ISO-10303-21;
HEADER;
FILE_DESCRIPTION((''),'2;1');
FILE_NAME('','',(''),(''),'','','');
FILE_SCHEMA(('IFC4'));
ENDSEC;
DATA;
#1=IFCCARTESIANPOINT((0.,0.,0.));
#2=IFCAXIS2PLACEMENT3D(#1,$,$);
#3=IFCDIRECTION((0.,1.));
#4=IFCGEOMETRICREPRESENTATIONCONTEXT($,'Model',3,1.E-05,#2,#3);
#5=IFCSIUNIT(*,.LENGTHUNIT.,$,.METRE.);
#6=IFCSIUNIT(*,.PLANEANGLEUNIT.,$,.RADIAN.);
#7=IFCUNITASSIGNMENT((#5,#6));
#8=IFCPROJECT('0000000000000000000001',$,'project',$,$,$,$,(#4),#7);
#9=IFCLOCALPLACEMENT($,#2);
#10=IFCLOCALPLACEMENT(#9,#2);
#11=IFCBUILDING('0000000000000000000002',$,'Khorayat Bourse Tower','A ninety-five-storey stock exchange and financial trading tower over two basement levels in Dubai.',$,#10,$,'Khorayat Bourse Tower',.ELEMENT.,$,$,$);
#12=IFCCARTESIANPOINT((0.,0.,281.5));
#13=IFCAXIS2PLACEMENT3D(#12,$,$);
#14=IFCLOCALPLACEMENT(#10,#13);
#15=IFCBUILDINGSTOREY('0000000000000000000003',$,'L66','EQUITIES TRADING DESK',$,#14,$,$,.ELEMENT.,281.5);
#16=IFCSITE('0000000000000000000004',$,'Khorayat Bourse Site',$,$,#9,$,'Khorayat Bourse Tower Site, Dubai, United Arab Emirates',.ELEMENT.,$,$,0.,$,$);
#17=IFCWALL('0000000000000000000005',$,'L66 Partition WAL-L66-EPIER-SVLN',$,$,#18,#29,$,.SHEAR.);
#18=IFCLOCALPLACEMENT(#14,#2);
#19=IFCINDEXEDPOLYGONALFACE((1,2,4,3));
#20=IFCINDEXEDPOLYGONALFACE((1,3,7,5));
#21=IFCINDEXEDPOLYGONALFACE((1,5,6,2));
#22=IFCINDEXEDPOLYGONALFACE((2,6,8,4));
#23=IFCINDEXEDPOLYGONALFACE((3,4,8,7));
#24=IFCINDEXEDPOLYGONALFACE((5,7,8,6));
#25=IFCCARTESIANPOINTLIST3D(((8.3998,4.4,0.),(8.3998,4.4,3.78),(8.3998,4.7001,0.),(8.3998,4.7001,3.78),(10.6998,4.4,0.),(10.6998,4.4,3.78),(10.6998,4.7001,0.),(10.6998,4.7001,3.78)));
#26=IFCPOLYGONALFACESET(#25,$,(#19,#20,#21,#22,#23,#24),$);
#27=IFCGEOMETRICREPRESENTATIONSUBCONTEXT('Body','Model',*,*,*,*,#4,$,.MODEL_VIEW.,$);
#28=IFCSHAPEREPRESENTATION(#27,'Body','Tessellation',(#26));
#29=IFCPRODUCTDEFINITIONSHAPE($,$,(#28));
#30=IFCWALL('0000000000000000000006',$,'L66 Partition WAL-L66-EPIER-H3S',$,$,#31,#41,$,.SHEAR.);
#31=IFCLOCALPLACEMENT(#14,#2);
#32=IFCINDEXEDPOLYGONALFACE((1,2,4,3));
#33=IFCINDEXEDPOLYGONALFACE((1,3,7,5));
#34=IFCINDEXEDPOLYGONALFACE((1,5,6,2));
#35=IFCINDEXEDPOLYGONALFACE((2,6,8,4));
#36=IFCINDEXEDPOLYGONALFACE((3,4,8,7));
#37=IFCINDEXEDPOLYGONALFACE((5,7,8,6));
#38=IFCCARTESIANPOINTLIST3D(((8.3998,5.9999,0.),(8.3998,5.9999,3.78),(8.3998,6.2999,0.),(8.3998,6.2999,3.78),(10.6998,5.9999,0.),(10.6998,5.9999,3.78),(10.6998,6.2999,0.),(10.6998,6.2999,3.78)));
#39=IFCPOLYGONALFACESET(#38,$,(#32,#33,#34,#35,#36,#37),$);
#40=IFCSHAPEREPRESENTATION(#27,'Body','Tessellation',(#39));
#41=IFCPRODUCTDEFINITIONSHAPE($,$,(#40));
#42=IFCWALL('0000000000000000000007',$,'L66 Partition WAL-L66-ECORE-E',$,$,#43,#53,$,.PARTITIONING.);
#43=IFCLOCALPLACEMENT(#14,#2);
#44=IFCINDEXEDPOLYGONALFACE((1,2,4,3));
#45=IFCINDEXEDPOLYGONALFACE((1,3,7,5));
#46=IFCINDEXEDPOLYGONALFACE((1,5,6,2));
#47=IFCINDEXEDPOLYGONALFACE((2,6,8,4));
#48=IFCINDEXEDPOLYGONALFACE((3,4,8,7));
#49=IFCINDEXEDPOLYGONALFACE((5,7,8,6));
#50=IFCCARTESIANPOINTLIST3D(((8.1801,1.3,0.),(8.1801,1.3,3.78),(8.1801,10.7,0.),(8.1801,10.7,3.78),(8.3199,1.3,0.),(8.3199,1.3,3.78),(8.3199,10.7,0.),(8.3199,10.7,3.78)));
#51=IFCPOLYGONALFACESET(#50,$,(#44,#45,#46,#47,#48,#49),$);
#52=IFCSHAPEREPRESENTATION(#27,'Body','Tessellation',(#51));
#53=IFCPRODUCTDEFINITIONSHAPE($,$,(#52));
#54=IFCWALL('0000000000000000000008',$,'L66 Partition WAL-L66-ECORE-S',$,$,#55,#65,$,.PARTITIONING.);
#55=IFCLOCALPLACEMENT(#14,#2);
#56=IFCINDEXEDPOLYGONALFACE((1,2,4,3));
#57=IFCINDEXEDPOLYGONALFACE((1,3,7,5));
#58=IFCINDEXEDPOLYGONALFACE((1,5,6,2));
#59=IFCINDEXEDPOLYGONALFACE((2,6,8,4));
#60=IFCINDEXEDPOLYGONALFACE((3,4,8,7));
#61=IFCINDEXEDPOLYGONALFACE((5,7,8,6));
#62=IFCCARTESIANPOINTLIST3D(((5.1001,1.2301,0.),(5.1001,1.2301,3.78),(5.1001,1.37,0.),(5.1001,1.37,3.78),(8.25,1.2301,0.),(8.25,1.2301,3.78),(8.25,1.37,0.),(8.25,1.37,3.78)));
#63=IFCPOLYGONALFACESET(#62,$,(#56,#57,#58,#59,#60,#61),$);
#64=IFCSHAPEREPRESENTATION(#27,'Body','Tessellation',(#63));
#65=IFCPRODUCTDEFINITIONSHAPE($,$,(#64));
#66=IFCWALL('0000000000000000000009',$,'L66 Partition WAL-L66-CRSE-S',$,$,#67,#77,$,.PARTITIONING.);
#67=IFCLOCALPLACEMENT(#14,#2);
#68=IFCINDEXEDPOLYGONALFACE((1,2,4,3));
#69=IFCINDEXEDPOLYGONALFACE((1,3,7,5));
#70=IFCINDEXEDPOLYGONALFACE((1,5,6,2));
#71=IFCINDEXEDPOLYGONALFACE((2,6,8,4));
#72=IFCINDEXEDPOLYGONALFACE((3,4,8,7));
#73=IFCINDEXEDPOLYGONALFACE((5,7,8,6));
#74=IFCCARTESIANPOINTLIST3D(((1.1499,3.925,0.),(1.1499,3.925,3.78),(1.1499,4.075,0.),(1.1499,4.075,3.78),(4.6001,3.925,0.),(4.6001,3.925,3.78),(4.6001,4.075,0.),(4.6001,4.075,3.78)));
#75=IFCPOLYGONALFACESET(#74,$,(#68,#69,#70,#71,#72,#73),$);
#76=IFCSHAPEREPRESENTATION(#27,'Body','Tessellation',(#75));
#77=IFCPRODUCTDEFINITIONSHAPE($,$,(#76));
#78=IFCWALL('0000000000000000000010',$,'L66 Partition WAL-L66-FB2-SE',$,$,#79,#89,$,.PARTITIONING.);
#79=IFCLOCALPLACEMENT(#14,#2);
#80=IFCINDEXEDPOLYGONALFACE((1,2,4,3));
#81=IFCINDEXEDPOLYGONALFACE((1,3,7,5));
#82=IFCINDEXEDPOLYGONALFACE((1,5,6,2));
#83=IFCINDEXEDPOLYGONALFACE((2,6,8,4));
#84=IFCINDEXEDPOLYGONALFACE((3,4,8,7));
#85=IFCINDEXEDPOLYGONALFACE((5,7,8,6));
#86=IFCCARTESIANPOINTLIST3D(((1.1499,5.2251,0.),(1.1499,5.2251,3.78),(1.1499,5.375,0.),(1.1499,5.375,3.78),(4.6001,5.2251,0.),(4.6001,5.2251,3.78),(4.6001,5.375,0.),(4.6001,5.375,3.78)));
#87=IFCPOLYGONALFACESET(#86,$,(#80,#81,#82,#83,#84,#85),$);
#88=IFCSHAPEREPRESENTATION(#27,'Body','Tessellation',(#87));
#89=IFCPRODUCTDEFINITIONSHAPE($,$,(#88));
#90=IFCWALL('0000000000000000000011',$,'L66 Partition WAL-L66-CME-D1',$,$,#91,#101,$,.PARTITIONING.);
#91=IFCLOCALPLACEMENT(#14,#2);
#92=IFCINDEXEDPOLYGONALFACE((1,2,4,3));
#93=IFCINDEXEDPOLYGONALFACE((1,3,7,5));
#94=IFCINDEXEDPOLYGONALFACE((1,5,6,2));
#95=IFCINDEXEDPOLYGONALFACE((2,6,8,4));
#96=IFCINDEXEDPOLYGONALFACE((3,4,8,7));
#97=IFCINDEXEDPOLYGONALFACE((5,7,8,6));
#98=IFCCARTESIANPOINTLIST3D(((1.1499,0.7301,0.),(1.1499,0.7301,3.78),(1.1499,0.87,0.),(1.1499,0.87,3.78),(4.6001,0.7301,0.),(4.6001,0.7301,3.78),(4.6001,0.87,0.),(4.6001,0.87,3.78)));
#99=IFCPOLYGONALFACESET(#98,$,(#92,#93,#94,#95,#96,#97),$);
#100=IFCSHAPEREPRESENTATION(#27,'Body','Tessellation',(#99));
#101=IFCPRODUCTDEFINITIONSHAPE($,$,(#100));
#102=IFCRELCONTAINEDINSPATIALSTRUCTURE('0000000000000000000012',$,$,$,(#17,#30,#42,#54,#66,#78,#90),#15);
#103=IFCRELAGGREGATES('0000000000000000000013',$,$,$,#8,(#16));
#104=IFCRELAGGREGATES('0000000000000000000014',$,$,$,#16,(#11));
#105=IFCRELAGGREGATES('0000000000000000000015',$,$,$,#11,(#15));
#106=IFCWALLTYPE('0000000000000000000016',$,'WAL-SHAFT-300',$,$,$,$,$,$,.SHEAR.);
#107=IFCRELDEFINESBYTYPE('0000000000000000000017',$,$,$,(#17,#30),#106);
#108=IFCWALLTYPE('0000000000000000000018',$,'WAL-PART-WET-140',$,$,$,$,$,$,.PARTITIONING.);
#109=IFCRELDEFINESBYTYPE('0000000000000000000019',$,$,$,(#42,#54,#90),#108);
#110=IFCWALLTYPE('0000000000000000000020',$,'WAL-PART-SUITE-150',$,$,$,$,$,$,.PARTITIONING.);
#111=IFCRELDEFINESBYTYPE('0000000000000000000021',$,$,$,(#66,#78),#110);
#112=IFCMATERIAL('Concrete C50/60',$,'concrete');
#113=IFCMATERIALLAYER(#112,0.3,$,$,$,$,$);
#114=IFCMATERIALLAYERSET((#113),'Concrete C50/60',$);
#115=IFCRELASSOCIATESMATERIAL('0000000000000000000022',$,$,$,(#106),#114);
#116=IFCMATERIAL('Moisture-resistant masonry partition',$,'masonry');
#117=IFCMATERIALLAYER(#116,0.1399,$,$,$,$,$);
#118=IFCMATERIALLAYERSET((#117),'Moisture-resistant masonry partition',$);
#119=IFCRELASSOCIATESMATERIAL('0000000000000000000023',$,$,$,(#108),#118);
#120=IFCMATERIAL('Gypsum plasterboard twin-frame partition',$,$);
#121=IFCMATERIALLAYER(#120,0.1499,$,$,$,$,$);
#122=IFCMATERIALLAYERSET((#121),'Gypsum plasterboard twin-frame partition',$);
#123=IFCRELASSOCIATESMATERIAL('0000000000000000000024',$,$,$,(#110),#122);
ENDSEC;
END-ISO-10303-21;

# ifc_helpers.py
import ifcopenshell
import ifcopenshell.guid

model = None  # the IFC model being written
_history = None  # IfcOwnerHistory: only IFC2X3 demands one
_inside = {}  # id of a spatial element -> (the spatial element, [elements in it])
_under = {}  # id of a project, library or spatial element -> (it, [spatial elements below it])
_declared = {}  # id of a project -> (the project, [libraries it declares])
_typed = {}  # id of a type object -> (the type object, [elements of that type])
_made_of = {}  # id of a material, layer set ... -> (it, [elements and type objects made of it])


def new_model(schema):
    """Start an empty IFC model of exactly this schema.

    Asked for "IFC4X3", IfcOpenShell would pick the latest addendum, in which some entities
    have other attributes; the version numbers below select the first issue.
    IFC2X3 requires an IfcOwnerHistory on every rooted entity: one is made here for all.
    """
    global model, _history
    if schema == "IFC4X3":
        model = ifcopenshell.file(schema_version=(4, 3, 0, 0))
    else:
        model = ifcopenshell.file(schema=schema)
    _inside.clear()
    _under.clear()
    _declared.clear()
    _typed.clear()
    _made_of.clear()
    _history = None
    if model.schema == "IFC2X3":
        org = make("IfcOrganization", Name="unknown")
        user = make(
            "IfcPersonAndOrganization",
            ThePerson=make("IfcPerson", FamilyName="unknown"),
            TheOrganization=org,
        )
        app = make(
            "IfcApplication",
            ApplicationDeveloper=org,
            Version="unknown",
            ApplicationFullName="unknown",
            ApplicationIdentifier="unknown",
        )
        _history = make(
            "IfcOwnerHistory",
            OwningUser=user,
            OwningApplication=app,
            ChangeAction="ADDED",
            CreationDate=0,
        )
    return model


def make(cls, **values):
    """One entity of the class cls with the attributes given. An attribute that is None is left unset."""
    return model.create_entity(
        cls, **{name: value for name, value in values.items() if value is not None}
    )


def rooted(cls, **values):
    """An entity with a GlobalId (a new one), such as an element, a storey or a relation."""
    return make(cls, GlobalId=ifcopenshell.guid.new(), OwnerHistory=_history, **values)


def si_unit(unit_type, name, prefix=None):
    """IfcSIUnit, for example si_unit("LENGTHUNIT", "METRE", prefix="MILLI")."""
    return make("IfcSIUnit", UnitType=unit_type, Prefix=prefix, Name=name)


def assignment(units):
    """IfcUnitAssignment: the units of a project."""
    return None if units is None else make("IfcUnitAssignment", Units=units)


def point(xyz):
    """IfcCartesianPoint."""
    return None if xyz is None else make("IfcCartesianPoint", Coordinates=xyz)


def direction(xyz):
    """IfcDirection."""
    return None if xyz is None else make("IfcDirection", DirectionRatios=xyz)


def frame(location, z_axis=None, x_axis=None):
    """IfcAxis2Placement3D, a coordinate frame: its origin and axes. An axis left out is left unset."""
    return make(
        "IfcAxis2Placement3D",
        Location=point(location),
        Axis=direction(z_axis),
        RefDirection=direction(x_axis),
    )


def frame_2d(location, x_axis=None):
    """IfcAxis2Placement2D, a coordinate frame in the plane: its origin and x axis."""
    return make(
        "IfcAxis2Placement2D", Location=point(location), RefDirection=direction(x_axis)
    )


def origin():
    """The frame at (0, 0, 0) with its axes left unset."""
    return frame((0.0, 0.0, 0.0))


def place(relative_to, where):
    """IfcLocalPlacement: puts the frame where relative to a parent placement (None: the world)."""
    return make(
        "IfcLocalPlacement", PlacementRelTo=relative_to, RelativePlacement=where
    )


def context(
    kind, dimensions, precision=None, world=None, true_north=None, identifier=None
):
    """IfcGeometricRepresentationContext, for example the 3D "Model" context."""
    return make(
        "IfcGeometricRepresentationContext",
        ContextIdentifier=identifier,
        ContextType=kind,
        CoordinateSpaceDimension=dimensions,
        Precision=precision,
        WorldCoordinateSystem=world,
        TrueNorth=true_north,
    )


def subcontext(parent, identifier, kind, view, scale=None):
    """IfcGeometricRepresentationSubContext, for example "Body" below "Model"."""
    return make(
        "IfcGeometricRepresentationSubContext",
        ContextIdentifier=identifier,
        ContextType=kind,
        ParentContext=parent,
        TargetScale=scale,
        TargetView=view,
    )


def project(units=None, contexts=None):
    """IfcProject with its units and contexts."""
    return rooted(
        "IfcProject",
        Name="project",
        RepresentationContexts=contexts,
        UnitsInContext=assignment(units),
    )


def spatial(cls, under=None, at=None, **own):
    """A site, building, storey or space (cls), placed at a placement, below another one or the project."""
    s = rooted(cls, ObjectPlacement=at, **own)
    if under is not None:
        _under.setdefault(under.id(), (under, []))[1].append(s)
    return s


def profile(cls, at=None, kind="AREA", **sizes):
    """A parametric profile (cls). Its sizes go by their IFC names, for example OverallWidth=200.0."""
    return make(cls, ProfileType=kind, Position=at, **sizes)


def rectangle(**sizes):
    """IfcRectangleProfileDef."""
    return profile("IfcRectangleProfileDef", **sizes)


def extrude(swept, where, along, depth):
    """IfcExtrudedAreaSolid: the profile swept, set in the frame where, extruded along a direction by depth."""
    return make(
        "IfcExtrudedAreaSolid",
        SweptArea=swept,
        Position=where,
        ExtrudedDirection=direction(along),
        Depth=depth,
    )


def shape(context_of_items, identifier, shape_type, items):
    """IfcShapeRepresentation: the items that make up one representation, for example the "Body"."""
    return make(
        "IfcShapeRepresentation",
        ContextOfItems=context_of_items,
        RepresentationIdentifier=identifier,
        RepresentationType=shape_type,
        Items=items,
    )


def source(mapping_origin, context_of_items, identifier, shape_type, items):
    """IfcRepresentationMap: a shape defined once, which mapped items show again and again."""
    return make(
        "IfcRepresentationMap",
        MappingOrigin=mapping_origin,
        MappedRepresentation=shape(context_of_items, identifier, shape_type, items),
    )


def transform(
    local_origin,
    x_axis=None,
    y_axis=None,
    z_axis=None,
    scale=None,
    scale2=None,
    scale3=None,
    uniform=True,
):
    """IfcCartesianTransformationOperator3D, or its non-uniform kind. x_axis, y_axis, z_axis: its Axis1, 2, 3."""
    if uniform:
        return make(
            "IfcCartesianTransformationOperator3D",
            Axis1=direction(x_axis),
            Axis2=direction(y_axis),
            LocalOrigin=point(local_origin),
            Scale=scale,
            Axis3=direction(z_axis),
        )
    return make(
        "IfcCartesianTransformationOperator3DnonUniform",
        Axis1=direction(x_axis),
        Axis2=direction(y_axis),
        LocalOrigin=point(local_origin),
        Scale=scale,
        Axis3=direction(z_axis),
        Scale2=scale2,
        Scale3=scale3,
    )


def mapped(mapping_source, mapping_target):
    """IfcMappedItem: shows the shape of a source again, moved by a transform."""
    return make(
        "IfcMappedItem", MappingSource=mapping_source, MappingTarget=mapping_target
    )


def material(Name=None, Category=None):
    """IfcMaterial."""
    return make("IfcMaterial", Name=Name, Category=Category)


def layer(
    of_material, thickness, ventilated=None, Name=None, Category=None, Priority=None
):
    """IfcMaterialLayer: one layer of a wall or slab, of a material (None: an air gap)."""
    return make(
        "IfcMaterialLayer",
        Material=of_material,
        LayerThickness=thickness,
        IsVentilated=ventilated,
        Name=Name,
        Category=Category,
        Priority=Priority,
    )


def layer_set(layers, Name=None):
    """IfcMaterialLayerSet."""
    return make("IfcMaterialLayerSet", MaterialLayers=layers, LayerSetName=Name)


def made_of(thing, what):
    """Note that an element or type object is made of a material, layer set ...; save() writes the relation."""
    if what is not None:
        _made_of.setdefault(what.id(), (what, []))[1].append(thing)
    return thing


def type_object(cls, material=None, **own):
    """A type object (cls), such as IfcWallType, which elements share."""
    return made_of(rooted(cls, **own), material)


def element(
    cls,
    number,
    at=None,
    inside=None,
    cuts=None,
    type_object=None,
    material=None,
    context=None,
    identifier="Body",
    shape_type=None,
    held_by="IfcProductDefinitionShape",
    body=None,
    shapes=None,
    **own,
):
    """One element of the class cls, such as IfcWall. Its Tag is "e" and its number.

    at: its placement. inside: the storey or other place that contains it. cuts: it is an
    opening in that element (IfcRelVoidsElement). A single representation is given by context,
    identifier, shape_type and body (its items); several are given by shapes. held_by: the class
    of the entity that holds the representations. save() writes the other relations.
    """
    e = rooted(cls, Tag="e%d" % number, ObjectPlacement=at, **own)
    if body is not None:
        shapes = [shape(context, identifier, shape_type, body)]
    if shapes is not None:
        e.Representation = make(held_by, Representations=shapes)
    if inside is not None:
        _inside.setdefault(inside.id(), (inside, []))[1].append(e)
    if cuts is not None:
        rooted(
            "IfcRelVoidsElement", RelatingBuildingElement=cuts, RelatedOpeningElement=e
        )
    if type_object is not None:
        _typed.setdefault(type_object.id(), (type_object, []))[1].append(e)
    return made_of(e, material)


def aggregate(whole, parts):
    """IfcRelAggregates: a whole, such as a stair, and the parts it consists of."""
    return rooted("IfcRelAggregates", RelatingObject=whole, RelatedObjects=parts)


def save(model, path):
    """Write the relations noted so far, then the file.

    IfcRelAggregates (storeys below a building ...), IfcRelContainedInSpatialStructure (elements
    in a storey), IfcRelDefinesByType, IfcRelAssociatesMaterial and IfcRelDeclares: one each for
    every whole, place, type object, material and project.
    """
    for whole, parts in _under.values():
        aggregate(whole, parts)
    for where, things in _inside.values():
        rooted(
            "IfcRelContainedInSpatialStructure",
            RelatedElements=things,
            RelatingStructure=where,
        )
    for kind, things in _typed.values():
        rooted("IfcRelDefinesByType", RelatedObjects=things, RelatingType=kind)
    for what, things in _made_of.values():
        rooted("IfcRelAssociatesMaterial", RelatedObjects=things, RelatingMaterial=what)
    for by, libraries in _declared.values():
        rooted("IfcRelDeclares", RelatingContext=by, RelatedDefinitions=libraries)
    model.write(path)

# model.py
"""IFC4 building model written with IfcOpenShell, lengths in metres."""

from ifc_helpers import new_model, si_unit, direction, frame, frame_2d, origin, place, context, subcontext, project, spatial, rectangle, extrude, source, transform, mapped, material, layer, layer_set, type_object, element, save


model = new_model("IFC4")

# Units and contexts
model_context = context("Model", 3, precision=1e-05, world=origin(), true_north=direction((0.0, 1.0)))
body_context = subcontext(model_context, "Body", "Model", "MODEL_VIEW")
ifc_project = project(units=[si_unit("LENGTHUNIT", "METRE"), si_unit("PLANEANGLEUNIT", "RADIAN")], contexts=[model_context])

# Site, building, storey
site_placement = place(None, origin())
site = spatial("IfcSite", under=ifc_project, at=site_placement, Name="Khorayat Bourse Site", LongName="Khorayat Bourse Tower Site, Dubai, United Arab Emirates", CompositionType="ELEMENT", RefElevation=0.0)
building_placement = place(site_placement, origin())
building = spatial("IfcBuilding", under=site, at=building_placement, Name="Khorayat Bourse Tower", Description="A ninety-five-storey stock exchange and financial trading tower over two basement levels in Dubai.", LongName="Khorayat Bourse Tower", CompositionType="ELEMENT")
storey_placement = place(building_placement, frame((0.0, 0.0, 281.5)))
storey = spatial("IfcBuildingStorey", under=building, at=storey_placement, Name="L66", Description="EQUITIES TRADING DESK", CompositionType="ELEMENT", Elevation=281.5)

# Walls
ifc_material_1 = material(Name="Concrete C50/60", Category="concrete")
ifc_layer_1 = layer(ifc_material_1, 0.3)
ifc_layer_set_1 = layer_set([ifc_layer_1], Name="Concrete C50/60")
wall_type_1 = type_object("IfcWallType", Name="WAL-SHAFT-300", PredefinedType="SHEAR", material=ifc_layer_set_1)
shared_shape_1 = source(origin(), body_context, "Body", "SweptSolid", [
    extrude(rectangle(XDim=2.3, YDim=0.3, at=frame_2d((1.1499, 0.0))), origin(), (0.0, 0.0, 1.0), 3.78),
])
for number, where, z_axis, x_axis, name in (
    (1, (8.3999, 4.55, 0.0), (0.0, 0.0, 1.0), (1.0, 0.0, 0.0), "L66 Partition WAL-L66-EPIER-SVLN"),
    (2, (8.3999, 6.1499, 0.0), (0.0, 0.0, 1.0), (1.0, 0.0, 0.0), "L66 Partition WAL-L66-EPIER-H3S"),
):
    element("IfcWall", number, at=place(storey_placement, frame(where, z_axis=z_axis, x_axis=x_axis)), inside=storey, type_object=wall_type_1, Name=name, PredefinedType="SHEAR", context=body_context, shape_type="MappedRepresentation", body=[
        mapped(shared_shape_1, transform((0.0, 0.0, 0.0), scale=1.0)),
    ])
ifc_material_2 = material(Name="Moisture-resistant masonry partition", Category="masonry")
ifc_layer_2 = layer(ifc_material_2, 0.1399)
ifc_layer_set_2 = layer_set([ifc_layer_2], Name="Moisture-resistant masonry partition")
wall_type_2 = type_object("IfcWallType", Name="WAL-PART-WET-140", PredefinedType="PARTITIONING", material=ifc_layer_set_2)
shared_shape_2 = source(origin(), body_context, "Body", "SweptSolid", [
    extrude(rectangle(XDim=9.3999, YDim=0.1399, at=frame_2d((4.7, 0.0))), origin(), (0.0, 0.0, 1.0), 3.78),
])
wall_1_placement = place(storey_placement, frame((8.25, 1.3, 0.0), z_axis=(0.0, 0.0, 1.0), x_axis=(0.0, 1.0, 0.0)))
element("IfcWall", 3, at=wall_1_placement, inside=storey, type_object=wall_type_2, Name="L66 Partition WAL-L66-ECORE-E", PredefinedType="PARTITIONING", context=body_context, shape_type="MappedRepresentation", body=[
    mapped(shared_shape_2, transform((0.0, 0.0, 0.0), scale=1.0)),
])
shared_shape_3 = source(origin(), body_context, "Body", "SweptSolid", [
    extrude(rectangle(XDim=3.1499, YDim=0.1399, at=frame_2d((1.575, 0.0))), origin(), (0.0, 0.0, 1.0), 3.78),
])
wall_2_placement = place(storey_placement, frame((5.1001, 1.3, 0.0), z_axis=(0.0, 0.0, 1.0), x_axis=(1.0, 0.0, 0.0)))
element("IfcWall", 4, at=wall_2_placement, inside=storey, type_object=wall_type_2, Name="L66 Partition WAL-L66-ECORE-S", PredefinedType="PARTITIONING", context=body_context, shape_type="MappedRepresentation", body=[
    mapped(shared_shape_3, transform((0.0, 0.0, 0.0), scale=1.0)),
])

# Walls
ifc_material_3 = material(Name="Gypsum plasterboard twin-frame partition")
ifc_layer_3 = layer(ifc_material_3, 0.1499)
ifc_layer_set_3 = layer_set([ifc_layer_3], Name="Gypsum plasterboard twin-frame partition")
wall_type_3 = type_object("IfcWallType", Name="WAL-PART-SUITE-150", PredefinedType="PARTITIONING", material=ifc_layer_set_3)
shared_shape_4 = source(origin(), body_context, "Body", "SweptSolid", [
    extrude(rectangle(XDim=3.4502, YDim=0.1499, at=frame_2d((1.7251, 0.0))), origin(), (0.0, 0.0, 1.0), 3.78),
])
for number, where, z_axis, x_axis, name in (
    (5, (1.1499, 4.0, 0.0), (0.0, 0.0, 1.0), (1.0, 0.0, 0.0), "L66 Partition WAL-L66-CRSE-S"),
    (6, (1.1499, 5.3, 0.0), (0.0, 0.0, 1.0), (1.0, 0.0, 0.0), "L66 Partition WAL-L66-FB2-SE"),
):
    element("IfcWall", number, at=place(storey_placement, frame(where, z_axis=z_axis, x_axis=x_axis)), inside=storey, type_object=wall_type_3, Name=name, PredefinedType="PARTITIONING", context=body_context, shape_type="MappedRepresentation", body=[
        mapped(shared_shape_4, transform((0.0, 0.0, 0.0), scale=1.0)),
    ])

# Wall
shared_shape_5 = source(origin(), body_context, "Body", "SweptSolid", [
    extrude(rectangle(XDim=3.4502, YDim=0.1399, at=frame_2d((1.7251, 0.0))), origin(), (0.0, 0.0, 1.0), 3.78),
])
wall_3_placement = place(storey_placement, frame((1.1499, 0.8, 0.0), z_axis=(0.0, 0.0, 1.0), x_axis=(1.0, 0.0, 0.0)))
element("IfcWall", 7, at=wall_3_placement, inside=storey, type_object=wall_type_2, Name="L66 Partition WAL-L66-CME-D1", PredefinedType="PARTITIONING", context=body_context, shape_type="MappedRepresentation", body=[
    mapped(shared_shape_5, transform((0.0, 0.0, 0.0), scale=1.0)),
])

save(model, "model.ifc")
